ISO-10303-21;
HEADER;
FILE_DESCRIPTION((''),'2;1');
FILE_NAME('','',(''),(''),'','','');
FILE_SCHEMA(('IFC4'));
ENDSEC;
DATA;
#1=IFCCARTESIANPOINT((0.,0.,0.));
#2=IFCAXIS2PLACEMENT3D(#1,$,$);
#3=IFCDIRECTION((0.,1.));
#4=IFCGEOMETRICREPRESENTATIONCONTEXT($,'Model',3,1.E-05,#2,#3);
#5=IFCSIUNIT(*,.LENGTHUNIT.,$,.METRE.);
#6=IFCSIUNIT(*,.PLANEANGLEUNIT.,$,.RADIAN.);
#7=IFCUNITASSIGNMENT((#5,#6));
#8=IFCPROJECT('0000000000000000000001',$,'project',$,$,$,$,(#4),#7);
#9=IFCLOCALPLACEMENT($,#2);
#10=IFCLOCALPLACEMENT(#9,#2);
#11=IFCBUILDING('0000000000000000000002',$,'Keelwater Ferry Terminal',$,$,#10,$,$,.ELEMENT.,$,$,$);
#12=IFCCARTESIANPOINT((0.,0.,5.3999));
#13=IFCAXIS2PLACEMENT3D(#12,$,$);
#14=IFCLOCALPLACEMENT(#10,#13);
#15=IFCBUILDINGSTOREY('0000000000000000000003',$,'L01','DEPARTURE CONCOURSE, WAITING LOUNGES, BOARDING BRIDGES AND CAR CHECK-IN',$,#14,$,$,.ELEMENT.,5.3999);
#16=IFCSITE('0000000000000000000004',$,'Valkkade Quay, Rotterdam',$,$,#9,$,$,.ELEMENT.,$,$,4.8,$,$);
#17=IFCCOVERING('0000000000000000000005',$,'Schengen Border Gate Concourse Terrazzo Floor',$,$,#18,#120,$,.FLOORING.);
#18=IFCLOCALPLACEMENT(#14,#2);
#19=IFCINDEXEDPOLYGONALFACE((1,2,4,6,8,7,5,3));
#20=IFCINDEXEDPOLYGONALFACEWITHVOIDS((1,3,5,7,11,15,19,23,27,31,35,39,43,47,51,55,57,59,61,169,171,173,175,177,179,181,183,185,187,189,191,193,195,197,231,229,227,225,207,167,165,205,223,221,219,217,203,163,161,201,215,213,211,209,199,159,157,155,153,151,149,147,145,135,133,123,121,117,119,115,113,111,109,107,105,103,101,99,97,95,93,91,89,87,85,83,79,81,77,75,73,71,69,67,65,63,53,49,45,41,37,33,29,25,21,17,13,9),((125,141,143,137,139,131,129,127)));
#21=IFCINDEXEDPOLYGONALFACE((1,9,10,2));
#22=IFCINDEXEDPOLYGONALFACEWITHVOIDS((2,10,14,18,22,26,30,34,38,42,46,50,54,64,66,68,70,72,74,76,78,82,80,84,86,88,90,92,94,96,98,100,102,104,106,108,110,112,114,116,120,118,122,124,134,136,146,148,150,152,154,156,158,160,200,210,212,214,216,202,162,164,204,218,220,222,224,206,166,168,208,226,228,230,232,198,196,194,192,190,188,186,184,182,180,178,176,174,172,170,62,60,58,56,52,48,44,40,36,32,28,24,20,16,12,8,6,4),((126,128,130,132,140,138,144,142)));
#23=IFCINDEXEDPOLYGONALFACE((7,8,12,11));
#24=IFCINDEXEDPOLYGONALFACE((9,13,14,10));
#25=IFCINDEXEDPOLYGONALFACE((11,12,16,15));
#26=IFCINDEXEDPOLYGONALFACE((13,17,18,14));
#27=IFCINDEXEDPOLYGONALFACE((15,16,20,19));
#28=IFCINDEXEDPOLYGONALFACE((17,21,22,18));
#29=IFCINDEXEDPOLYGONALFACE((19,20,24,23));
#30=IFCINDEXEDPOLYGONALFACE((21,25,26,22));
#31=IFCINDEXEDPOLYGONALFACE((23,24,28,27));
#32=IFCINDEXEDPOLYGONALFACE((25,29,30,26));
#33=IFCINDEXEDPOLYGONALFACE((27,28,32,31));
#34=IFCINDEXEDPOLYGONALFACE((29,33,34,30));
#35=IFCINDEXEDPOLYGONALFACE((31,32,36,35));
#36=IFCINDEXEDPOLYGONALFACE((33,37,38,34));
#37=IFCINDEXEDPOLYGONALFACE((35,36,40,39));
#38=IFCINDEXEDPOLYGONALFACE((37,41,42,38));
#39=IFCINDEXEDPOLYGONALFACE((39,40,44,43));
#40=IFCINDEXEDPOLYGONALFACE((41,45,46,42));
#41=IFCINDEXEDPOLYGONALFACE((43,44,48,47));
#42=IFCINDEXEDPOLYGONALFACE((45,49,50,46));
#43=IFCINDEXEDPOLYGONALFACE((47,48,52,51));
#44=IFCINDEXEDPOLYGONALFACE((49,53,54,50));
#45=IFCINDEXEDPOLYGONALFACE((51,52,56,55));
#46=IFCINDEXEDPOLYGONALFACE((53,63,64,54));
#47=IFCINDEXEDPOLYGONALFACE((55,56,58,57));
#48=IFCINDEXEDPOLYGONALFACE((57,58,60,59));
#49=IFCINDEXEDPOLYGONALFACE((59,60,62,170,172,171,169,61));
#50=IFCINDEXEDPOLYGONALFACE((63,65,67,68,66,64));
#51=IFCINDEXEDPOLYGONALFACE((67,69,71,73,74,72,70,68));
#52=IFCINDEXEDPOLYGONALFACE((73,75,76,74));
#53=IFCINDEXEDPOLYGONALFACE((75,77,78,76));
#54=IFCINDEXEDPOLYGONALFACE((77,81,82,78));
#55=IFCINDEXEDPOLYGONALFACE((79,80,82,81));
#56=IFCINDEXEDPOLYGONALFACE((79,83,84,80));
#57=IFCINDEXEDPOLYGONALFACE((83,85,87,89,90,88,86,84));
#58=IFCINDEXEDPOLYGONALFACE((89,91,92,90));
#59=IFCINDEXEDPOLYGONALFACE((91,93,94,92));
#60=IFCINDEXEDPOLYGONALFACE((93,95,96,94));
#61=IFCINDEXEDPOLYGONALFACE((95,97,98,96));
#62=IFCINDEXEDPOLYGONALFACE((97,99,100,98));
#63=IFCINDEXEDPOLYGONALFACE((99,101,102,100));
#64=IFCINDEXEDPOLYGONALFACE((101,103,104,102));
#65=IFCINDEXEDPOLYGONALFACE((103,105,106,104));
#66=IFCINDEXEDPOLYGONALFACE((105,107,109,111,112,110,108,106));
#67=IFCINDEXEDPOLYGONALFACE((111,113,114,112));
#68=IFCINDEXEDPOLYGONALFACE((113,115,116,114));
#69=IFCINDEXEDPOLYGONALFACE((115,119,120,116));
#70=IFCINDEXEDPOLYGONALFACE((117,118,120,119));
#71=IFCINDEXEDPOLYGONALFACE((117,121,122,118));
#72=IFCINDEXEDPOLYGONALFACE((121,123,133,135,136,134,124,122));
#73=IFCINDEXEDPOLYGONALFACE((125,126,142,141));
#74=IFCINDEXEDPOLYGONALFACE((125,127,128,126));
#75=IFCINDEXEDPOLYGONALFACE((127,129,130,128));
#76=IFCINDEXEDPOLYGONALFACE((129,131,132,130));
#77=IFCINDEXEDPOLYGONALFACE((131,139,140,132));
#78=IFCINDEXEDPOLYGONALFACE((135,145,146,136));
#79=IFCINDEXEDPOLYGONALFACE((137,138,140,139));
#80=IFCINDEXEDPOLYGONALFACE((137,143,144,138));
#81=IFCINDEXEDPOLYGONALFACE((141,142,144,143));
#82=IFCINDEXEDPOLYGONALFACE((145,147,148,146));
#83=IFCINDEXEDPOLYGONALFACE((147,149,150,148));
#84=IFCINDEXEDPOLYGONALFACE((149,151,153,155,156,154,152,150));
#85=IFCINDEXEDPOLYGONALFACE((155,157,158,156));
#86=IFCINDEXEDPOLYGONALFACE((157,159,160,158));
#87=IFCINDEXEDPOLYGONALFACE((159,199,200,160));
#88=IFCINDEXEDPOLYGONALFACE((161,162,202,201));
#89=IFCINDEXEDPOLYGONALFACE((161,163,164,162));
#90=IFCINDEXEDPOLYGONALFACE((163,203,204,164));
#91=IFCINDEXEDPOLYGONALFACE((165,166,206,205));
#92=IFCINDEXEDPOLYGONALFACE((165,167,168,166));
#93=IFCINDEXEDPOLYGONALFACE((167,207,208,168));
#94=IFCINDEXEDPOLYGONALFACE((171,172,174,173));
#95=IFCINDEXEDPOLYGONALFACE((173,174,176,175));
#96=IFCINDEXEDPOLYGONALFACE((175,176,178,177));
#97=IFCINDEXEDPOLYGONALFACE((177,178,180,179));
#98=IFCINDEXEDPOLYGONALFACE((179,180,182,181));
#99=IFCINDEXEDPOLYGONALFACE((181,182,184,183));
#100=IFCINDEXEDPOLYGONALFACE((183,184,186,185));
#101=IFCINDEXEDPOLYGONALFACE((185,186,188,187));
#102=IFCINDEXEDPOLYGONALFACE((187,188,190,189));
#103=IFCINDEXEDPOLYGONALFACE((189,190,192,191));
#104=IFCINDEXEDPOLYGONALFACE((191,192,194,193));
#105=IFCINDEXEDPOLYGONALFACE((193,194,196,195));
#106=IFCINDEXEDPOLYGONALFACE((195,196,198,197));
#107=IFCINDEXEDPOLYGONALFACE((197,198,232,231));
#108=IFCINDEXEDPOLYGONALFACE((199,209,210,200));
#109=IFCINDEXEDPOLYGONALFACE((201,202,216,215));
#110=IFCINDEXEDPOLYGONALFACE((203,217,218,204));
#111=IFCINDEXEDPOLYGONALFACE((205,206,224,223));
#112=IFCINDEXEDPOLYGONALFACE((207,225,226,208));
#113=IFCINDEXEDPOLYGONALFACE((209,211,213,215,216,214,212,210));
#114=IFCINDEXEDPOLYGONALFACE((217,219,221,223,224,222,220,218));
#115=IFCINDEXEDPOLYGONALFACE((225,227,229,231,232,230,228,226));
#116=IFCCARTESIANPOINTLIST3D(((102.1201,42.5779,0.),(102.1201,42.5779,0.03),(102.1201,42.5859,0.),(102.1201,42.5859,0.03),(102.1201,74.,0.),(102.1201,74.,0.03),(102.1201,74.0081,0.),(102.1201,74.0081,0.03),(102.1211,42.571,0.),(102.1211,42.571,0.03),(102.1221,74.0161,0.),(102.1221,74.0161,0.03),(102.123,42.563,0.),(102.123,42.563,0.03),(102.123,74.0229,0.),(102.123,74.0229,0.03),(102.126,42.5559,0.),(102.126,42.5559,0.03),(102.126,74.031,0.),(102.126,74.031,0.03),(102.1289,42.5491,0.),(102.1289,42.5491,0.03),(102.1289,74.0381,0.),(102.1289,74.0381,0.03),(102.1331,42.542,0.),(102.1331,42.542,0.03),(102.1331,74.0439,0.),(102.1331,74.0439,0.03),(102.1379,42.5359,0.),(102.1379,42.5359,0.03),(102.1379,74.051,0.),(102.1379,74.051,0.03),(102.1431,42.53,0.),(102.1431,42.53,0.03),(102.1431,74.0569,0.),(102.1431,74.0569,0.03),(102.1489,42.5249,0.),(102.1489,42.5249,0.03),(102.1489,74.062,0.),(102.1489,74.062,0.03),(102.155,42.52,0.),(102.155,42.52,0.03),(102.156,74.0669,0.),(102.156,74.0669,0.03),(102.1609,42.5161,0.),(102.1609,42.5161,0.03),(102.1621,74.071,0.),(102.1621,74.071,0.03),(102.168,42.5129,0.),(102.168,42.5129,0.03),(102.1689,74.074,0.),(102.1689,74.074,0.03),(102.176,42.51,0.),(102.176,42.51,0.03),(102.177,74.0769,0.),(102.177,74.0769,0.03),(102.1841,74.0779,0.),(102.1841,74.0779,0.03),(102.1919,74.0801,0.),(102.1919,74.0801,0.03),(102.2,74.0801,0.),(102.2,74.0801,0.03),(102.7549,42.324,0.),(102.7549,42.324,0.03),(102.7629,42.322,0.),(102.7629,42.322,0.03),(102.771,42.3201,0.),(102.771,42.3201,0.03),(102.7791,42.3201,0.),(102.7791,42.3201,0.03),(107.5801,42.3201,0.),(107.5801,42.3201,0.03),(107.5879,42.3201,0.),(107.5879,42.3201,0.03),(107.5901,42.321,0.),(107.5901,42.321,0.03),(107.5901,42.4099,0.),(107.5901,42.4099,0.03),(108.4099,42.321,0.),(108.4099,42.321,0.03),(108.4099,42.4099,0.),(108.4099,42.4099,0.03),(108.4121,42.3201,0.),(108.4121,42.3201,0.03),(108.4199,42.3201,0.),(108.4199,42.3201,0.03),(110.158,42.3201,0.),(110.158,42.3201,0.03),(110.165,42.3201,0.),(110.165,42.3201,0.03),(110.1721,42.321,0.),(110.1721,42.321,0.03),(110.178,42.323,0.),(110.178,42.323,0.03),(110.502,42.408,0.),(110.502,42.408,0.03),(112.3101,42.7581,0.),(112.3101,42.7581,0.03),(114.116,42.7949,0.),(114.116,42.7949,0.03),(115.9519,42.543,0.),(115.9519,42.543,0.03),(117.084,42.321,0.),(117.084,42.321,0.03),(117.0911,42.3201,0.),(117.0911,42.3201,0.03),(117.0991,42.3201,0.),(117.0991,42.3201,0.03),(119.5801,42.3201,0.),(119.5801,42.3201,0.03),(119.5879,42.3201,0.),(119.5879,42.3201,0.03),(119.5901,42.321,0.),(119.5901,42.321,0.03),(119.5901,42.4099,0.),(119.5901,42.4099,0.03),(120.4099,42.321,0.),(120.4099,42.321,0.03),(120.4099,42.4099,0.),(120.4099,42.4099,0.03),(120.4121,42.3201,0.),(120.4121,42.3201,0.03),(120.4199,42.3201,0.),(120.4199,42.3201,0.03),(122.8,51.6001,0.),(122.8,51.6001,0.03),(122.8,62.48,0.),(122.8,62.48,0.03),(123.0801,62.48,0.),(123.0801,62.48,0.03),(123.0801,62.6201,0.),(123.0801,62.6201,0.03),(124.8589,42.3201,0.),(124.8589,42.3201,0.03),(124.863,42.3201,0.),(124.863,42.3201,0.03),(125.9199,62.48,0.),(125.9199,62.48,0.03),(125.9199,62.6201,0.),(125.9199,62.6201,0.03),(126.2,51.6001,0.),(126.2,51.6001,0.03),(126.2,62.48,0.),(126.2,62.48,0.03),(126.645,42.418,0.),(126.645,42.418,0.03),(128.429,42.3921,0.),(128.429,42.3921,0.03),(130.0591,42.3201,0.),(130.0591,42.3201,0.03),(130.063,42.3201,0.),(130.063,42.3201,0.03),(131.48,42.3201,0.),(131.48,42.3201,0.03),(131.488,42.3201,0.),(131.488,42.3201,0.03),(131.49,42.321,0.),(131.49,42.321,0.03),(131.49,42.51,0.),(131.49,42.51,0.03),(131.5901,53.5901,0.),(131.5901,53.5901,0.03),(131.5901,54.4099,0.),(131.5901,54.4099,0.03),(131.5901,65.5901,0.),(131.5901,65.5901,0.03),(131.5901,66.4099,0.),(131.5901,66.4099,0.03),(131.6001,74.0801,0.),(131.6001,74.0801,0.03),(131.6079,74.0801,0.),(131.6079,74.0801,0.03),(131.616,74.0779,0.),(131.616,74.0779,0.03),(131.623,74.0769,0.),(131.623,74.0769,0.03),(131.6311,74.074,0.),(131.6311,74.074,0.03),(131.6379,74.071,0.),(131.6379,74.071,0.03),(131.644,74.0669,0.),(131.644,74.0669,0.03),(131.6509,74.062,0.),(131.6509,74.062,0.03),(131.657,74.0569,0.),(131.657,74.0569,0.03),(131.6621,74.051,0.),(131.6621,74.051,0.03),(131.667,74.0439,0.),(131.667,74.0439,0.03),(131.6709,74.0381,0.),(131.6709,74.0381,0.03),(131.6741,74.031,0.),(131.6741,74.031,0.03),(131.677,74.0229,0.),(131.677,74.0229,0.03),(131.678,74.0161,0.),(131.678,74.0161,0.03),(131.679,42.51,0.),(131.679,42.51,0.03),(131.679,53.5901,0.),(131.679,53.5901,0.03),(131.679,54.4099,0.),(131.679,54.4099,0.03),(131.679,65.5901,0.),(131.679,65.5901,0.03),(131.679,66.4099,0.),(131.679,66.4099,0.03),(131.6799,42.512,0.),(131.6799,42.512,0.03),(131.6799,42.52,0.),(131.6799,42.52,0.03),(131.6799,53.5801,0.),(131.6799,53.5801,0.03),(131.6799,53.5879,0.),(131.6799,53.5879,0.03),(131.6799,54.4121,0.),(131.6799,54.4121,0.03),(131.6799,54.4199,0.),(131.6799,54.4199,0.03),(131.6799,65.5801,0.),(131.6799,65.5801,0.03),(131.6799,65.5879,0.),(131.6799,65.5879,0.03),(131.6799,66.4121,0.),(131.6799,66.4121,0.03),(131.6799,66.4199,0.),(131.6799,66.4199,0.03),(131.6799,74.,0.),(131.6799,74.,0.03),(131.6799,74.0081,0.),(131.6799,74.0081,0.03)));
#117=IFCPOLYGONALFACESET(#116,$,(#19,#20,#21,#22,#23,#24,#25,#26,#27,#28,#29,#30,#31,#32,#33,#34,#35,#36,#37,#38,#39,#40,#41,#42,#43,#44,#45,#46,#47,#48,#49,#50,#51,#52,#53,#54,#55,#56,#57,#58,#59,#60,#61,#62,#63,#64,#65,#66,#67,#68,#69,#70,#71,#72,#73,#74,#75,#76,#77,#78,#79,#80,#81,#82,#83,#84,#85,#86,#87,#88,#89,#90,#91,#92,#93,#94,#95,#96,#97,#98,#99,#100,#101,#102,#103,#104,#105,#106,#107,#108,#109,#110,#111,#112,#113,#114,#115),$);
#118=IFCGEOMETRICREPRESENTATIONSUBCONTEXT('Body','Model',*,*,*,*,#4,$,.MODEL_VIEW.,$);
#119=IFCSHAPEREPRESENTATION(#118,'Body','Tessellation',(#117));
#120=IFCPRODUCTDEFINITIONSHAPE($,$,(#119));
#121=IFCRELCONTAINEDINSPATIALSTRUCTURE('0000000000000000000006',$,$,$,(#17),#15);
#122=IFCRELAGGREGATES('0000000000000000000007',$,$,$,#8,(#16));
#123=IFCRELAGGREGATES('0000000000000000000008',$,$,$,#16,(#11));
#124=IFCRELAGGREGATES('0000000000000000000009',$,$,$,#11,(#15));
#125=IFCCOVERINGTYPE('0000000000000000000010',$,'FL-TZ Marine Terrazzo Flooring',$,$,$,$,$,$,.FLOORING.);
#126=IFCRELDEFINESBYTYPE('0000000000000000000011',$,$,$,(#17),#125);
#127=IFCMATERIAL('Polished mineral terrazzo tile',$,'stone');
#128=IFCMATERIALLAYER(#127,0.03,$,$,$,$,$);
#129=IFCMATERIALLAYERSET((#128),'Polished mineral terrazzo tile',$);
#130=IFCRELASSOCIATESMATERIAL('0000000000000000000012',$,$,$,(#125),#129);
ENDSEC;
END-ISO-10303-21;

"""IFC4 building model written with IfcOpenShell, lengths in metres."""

from ifc_helpers import new_model, si_unit, direction, frame, origin, place, context, subcontext, project, spatial, polyline, outline, extrude, material, layer, layer_set, type_object, element, save


model = new_model("IFC4")

# Units and contexts
model_context = context("Model", 3, precision=1e-05, world=origin(), true_north=direction((0.0, 1.0)))
body_context = subcontext(model_context, "Body", "Model", "MODEL_VIEW")
ifc_project = project(units=[si_unit("LENGTHUNIT", "METRE"), si_unit("PLANEANGLEUNIT", "RADIAN")], contexts=[model_context])

# Site, building, storey
site_placement = place(None, origin())
site = spatial("IfcSite", under=ifc_project, at=site_placement, Name="Valkkade Quay, Rotterdam", CompositionType="ELEMENT", RefElevation=4.8)
building_placement = place(site_placement, origin())
building = spatial("IfcBuilding", under=site, at=building_placement, Name="Keelwater Ferry Terminal", CompositionType="ELEMENT")
storey_placement = place(building_placement, frame((0.0, 0.0, 5.3999)))
storey = spatial("IfcBuildingStorey", under=building, at=storey_placement, Name="L01", Description="DEPARTURE CONCOURSE, WAITING LOUNGES, BOARDING BRIDGES AND CAR CHECK-IN", CompositionType="ELEMENT", Elevation=5.3999)

# Covering
ifc_material_1 = material(Name="Polished mineral terrazzo tile", Category="stone")
ifc_layer_1 = layer(ifc_material_1, 0.03)
ifc_layer_set_1 = layer_set([ifc_layer_1], Name="Polished mineral terrazzo tile")
covering_type_1 = type_object("IfcCoveringType", Name="FL-TZ Marine Terrazzo Flooring", PredefinedType="FLOORING", material=ifc_layer_set_1)
covering_1_placement = place(storey_placement, origin())
element("IfcCovering", 1, at=covering_1_placement, inside=storey, type_object=covering_type_1, Name="Schengen Border Gate Concourse Terrazzo Floor", PredefinedType="FLOORING", context=body_context, shape_type="SweptSolid", body=[
    extrude(outline(polyline([(107.5879, 42.3201), (107.5801, 42.3201), (102.7791, 42.3201), (102.771, 42.3201), (102.7629, 42.322), (102.7549, 42.324), (102.176, 42.51), (102.168, 42.5129), (102.1609, 42.5161), (102.155, 42.52), (102.1489, 42.5249), (102.1431, 42.53), (102.1379, 42.5359), (102.1331, 42.542), (102.1289, 42.5491), (102.126, 42.5559), (102.123, 42.563), (102.1211, 42.571), (102.1201, 42.5779), (102.1201, 42.5859), (102.1201, 74.0), (102.1201, 74.0081), (102.1221, 74.0161), (102.123, 74.0229), (102.126, 74.031), (102.1289, 74.0381), (102.1331, 74.0439), (102.1379, 74.051), (102.1431, 74.0569), (102.1489, 74.062), (102.156, 74.0669), (102.1621, 74.071), (102.1689, 74.074), (102.177, 74.0769), (102.1841, 74.0779), (102.1919, 74.0801), (102.2, 74.0801), (131.6001, 74.0801), (131.6079, 74.0801), (131.616, 74.0779), (131.623, 74.0769), (131.6311, 74.074), (131.6379, 74.071), (131.644, 74.0669), (131.6509, 74.062), (131.657, 74.0569), (131.6621, 74.051), (131.667, 74.0439), (131.6709, 74.0381), (131.6741, 74.031), (131.677, 74.0229), (131.678, 74.0161), (131.6799, 74.0081), (131.6799, 74.0), (131.6799, 66.4199), (131.6799, 66.4121), (131.679, 66.4099), (131.5901, 66.4099), (131.5901, 65.5901), (131.679, 65.5901), (131.6799, 65.5879), (131.6799, 65.5801), (131.6799, 54.4199), (131.6799, 54.4121), (131.679, 54.4099), (131.5901, 54.4099), (131.5901, 53.5901), (131.679, 53.5901), (131.6799, 53.5879), (131.6799, 53.5801), (131.6799, 42.52), (131.6799, 42.512), (131.679, 42.51), (131.49, 42.51), (131.49, 42.321), (131.488, 42.3201), (131.48, 42.3201), (130.063, 42.3201), (130.0591, 42.3201), (128.429, 42.3921), (126.645, 42.418), (124.863, 42.3201), (124.8589, 42.3201), (120.4199, 42.3201), (120.4121, 42.3201), (120.4099, 42.321), (120.4099, 42.4099), (119.5901, 42.4099), (119.5901, 42.321), (119.5879, 42.3201), (119.5801, 42.3201), (117.0991, 42.3201), (117.0911, 42.3201), (117.084, 42.321), (115.9519, 42.543), (114.116, 42.7949), (112.3101, 42.7581), (110.502, 42.408), (110.178, 42.323), (110.1721, 42.321), (110.165, 42.3201), (110.158, 42.3201), (108.4199, 42.3201), (108.4121, 42.3201), (108.4099, 42.321), (108.4099, 42.4099), (107.5901, 42.4099), (107.5901, 42.321), (107.5879, 42.3201)]), holes=[polyline([(123.0801, 62.6201), (123.0801, 62.48), (122.8, 62.48), (122.8, 51.6001), (126.2, 51.6001), (126.2, 62.48), (125.9199, 62.48), (125.9199, 62.6201), (123.0801, 62.6201)])]), origin(), (0.0, 0.0, 1.0), 0.03),
])

save(model, "model.ifc")
